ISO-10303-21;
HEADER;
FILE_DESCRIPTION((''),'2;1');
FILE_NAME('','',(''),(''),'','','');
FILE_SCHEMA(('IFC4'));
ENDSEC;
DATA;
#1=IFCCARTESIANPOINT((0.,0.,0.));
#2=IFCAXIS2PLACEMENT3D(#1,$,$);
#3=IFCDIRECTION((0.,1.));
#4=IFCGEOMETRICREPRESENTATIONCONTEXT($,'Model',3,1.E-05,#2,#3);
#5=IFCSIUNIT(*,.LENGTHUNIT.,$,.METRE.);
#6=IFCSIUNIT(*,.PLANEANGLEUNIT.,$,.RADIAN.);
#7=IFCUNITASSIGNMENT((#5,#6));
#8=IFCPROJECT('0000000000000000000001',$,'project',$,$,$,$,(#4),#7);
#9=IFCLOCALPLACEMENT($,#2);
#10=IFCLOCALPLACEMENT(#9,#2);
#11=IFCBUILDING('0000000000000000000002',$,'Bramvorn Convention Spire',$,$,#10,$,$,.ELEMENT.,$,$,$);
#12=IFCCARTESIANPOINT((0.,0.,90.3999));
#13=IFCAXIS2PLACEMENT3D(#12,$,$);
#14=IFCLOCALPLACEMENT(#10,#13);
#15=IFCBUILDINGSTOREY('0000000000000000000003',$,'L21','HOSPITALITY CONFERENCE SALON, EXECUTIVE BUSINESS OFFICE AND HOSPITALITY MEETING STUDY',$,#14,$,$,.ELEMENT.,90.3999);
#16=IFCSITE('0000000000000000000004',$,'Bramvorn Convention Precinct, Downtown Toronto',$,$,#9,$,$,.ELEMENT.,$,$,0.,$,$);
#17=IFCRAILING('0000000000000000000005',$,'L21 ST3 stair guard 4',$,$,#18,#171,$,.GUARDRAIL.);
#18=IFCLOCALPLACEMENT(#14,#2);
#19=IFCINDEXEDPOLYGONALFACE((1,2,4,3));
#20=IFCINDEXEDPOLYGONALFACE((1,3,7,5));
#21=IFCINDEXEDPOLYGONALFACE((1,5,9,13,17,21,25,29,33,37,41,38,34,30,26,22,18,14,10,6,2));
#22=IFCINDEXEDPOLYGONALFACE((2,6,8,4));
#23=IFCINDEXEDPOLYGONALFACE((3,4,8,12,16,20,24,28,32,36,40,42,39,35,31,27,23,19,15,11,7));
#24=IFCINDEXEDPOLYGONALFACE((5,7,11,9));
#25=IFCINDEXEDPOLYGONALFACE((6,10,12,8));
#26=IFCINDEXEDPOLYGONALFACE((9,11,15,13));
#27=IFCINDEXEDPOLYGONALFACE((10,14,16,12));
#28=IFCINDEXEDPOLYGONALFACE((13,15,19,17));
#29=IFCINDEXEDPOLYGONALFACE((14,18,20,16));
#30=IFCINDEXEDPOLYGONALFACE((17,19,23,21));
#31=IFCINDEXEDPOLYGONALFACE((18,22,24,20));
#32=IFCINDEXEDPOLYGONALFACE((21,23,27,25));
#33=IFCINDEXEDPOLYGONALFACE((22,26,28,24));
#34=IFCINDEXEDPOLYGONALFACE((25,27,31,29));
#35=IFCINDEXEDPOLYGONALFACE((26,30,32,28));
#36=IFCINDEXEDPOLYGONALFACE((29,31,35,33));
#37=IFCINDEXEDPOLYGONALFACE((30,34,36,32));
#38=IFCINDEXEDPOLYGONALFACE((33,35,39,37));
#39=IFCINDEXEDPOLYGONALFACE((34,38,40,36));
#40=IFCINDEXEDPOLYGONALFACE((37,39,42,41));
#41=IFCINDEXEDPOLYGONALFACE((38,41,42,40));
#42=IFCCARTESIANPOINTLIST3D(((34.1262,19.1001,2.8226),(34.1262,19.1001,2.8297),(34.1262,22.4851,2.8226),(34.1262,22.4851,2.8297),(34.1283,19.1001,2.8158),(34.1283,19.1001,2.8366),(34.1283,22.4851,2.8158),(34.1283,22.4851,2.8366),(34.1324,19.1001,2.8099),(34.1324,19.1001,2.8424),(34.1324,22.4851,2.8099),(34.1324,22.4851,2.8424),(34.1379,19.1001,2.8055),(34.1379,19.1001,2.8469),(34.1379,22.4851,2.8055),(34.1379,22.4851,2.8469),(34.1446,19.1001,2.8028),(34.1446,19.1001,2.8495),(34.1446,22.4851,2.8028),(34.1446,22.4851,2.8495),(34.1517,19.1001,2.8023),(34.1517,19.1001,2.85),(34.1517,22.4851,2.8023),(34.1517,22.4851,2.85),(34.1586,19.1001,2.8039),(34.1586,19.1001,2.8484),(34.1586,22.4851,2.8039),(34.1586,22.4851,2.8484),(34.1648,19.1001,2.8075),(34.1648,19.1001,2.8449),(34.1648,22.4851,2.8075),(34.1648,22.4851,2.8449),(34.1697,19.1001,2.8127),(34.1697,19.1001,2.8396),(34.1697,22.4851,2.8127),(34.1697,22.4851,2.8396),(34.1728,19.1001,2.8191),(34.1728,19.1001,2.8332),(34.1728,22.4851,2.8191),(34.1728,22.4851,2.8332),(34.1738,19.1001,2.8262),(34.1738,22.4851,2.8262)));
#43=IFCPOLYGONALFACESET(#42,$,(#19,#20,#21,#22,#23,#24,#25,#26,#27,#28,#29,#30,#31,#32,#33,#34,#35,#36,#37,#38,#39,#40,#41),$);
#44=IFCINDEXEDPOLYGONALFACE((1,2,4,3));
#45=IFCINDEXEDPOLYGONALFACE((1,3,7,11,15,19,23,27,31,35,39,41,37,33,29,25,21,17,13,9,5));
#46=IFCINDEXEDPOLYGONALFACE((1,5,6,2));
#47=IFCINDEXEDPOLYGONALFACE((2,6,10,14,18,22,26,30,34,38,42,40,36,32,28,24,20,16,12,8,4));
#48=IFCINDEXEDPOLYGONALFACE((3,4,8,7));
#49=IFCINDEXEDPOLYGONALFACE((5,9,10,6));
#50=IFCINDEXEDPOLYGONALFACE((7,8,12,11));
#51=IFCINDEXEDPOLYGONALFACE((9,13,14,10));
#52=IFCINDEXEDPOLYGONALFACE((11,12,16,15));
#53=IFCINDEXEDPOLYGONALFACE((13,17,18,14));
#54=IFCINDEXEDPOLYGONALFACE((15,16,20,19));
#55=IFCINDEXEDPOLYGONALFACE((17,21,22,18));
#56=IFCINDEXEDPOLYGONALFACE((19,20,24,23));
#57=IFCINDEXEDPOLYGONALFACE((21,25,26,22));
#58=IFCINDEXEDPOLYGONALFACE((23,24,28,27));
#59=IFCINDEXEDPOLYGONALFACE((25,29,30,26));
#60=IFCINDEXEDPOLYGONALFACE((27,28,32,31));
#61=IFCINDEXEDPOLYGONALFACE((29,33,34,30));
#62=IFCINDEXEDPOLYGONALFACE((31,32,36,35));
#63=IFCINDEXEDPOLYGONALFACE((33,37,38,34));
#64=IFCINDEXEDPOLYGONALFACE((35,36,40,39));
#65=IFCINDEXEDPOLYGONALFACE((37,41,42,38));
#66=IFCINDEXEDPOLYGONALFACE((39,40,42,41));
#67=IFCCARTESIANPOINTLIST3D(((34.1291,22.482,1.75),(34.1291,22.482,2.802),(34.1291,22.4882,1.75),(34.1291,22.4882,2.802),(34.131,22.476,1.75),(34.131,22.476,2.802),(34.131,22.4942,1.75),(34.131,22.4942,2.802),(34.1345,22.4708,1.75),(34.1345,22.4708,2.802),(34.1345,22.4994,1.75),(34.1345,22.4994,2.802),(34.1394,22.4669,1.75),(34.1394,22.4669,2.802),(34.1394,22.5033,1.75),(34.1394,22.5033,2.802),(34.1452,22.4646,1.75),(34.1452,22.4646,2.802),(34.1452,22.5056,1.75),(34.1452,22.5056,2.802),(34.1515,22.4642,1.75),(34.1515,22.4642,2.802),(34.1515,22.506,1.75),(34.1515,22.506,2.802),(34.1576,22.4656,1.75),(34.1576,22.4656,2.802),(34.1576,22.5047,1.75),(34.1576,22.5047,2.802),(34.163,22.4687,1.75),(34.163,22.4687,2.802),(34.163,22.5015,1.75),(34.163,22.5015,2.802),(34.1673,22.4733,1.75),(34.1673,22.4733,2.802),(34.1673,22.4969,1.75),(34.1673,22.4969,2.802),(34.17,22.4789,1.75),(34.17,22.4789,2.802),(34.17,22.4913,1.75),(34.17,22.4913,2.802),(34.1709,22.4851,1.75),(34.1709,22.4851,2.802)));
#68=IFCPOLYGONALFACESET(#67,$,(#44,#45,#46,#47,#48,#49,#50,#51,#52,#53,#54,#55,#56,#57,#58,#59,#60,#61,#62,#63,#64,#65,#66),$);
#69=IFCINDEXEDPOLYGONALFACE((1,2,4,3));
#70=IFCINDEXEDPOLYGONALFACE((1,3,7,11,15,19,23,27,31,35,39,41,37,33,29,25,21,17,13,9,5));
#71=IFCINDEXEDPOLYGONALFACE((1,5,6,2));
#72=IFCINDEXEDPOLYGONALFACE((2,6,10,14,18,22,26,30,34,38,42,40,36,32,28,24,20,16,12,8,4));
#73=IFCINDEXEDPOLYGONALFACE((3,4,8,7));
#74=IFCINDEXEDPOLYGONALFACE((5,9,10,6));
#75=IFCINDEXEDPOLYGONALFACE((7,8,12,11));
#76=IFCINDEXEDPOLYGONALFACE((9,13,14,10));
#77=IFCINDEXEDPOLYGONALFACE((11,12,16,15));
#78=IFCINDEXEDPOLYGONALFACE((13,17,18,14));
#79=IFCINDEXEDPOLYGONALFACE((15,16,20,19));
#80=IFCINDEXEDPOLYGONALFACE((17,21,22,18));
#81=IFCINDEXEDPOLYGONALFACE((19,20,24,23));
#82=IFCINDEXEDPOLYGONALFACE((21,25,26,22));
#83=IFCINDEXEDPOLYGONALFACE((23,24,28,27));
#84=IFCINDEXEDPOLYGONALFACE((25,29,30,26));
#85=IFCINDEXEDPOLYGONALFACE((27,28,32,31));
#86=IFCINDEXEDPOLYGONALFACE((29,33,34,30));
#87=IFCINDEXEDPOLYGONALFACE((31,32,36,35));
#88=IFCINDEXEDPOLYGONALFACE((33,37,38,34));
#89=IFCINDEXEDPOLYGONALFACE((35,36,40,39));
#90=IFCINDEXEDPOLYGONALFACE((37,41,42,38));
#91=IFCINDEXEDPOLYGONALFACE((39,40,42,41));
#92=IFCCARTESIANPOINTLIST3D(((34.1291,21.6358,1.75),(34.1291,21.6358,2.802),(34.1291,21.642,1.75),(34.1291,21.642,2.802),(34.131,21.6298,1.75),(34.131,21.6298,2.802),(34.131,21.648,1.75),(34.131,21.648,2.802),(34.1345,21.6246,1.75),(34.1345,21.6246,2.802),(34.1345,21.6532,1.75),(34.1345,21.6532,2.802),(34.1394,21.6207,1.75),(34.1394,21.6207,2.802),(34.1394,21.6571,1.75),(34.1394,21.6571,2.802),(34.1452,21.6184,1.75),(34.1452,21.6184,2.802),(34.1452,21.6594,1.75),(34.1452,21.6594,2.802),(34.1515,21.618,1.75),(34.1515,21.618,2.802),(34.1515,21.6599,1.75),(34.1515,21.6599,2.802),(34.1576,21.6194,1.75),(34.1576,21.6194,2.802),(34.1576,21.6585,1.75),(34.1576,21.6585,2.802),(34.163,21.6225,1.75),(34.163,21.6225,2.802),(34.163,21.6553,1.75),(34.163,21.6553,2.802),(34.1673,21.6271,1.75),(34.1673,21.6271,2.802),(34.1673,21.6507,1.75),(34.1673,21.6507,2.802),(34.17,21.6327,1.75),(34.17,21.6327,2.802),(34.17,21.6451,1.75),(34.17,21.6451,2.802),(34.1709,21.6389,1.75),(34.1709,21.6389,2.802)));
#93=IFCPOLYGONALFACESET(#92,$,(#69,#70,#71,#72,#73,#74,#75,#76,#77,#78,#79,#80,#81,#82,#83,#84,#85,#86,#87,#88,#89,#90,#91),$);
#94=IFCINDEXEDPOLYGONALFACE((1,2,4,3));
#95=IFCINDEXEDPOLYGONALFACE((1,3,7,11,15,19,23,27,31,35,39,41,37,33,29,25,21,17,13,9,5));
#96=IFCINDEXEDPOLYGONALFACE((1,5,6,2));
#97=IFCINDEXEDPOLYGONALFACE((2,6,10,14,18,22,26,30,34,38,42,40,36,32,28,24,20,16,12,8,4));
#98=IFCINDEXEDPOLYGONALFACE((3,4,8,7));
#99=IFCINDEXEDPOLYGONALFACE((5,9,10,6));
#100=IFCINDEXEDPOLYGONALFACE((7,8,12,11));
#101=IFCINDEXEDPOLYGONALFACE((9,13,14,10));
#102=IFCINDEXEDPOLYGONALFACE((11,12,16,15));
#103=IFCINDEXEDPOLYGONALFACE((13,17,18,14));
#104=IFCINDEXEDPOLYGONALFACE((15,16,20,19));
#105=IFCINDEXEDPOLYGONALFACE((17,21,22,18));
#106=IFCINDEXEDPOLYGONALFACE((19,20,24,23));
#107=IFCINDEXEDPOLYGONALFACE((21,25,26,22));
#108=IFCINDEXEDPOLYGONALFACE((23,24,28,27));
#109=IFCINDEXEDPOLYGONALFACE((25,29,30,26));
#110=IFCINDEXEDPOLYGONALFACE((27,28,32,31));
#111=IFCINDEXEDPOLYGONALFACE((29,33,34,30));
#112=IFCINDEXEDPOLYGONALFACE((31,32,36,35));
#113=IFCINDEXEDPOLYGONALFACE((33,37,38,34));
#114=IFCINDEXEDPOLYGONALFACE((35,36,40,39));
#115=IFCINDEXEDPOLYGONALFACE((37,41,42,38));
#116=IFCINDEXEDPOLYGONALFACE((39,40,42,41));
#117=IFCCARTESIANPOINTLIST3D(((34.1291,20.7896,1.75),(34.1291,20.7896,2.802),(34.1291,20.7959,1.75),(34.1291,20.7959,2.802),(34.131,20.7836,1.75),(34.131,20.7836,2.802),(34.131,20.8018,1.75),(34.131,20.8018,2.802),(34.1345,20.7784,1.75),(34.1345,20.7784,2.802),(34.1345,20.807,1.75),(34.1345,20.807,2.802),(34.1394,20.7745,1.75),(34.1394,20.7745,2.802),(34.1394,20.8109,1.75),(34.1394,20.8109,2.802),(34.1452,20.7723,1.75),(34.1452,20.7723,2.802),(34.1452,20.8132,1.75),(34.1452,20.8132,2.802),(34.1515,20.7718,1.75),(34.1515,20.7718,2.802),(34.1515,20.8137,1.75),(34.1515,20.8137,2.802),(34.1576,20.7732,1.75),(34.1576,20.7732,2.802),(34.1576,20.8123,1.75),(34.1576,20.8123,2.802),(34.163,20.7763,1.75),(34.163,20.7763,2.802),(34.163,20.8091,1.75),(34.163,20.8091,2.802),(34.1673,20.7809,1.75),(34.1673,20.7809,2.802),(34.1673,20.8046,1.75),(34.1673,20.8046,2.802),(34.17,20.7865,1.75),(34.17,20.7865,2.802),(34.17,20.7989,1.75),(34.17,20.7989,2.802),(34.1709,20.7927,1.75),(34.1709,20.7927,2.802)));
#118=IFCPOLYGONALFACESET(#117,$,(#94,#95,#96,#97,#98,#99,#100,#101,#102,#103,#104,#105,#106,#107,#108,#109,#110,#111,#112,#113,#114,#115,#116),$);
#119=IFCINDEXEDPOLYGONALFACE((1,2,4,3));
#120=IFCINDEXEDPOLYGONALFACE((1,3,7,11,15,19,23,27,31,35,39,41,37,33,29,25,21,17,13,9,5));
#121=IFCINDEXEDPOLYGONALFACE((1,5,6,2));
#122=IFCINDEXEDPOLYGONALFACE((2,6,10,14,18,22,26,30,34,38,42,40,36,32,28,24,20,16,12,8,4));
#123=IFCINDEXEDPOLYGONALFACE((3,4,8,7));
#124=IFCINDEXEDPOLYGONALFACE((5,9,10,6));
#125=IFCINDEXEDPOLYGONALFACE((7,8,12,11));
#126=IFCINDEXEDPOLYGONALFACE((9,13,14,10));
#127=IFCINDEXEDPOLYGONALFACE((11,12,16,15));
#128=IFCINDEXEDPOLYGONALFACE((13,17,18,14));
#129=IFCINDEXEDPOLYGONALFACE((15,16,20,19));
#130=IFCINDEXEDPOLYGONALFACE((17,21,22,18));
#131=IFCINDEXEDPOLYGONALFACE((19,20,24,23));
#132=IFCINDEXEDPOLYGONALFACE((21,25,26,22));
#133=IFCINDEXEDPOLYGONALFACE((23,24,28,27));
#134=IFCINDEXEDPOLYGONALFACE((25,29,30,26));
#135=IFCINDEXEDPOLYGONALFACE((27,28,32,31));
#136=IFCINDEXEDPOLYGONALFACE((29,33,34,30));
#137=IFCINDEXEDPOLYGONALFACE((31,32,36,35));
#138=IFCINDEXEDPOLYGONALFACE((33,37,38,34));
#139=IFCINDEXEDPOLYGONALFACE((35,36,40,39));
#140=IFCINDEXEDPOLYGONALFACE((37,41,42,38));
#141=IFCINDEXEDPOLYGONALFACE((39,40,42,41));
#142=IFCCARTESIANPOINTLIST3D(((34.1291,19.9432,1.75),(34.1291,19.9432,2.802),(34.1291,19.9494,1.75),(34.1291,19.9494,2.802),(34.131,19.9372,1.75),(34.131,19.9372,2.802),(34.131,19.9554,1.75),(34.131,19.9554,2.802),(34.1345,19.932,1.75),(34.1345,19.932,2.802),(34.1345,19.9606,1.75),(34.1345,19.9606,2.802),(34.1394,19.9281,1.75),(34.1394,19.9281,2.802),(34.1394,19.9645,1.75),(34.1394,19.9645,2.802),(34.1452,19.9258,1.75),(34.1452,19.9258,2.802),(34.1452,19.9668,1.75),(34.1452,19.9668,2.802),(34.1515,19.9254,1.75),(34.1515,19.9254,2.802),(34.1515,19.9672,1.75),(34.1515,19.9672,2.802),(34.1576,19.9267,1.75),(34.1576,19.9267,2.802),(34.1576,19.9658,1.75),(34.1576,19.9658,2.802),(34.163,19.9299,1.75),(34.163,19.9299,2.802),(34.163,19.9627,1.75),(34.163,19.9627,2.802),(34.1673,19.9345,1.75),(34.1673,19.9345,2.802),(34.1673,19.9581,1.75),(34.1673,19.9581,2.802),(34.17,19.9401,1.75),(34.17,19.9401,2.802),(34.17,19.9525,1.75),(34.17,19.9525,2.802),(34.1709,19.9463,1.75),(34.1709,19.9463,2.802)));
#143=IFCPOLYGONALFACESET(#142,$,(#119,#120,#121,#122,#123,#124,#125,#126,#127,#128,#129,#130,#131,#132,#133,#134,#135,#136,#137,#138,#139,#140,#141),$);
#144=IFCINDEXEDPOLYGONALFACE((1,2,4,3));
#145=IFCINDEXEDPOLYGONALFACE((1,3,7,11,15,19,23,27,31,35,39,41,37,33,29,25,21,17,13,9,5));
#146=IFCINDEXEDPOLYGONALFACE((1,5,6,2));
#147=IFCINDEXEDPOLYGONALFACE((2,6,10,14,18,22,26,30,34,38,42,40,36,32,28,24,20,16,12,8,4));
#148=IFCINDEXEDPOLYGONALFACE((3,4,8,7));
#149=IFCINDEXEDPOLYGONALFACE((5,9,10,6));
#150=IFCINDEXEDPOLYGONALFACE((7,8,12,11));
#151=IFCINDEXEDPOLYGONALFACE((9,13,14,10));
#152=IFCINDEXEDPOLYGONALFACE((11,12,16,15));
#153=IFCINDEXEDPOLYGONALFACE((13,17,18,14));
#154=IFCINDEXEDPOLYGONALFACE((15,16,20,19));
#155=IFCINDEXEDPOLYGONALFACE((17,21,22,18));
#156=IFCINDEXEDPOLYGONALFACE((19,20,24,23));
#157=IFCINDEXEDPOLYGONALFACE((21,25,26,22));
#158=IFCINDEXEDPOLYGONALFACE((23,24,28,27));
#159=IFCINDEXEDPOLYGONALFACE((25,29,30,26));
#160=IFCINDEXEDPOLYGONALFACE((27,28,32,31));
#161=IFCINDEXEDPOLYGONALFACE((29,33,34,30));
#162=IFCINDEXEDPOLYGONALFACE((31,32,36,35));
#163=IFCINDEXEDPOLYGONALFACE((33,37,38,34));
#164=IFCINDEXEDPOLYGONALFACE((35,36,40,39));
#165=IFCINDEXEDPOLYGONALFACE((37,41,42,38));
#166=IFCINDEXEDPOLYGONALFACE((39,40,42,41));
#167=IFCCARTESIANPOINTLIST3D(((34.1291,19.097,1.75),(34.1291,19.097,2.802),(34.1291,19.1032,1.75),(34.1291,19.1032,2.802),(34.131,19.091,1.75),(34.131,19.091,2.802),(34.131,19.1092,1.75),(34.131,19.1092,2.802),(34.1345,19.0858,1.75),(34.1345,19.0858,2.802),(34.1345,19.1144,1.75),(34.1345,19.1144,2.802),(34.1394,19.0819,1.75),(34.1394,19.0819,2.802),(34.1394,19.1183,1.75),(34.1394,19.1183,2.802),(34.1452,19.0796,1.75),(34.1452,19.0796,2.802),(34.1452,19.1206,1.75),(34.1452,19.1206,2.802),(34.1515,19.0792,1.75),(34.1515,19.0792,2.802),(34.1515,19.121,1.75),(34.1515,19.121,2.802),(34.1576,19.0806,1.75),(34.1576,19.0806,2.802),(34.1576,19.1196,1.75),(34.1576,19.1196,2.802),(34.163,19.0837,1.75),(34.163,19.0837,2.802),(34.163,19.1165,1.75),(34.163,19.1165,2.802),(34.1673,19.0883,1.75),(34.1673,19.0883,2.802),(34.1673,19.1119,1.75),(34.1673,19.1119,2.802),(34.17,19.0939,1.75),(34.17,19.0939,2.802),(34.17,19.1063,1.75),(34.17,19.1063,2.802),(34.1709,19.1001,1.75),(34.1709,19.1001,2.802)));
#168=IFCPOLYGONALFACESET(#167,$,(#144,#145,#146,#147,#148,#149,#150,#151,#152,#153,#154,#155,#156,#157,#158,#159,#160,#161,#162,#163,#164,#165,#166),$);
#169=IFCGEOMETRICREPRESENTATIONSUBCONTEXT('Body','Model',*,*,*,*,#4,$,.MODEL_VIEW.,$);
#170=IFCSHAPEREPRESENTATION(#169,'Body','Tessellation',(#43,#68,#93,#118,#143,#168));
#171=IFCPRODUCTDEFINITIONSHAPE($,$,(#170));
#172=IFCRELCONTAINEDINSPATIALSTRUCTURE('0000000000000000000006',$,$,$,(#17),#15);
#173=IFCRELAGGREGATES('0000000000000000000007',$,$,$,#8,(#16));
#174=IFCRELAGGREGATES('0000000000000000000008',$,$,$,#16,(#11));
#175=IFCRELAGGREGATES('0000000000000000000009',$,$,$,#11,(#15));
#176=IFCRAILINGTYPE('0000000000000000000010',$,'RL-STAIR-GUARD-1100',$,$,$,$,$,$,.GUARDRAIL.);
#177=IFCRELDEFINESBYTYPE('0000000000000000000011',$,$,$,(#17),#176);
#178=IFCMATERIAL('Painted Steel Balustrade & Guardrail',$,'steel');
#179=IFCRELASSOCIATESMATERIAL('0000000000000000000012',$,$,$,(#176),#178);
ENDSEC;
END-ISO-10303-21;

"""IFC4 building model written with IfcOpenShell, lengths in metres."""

from ifc_helpers import new_model, si_unit, direction, frame, origin, origin_2d, place, context, subcontext, project, spatial, circle, extrude, material, type_object, element, save


model = new_model("IFC4")

# Units and contexts
model_context = context("Model", 3, precision=1e-05, world=origin(), true_north=direction((0.0, 1.0)))
body_context = subcontext(model_context, "Body", "Model", "MODEL_VIEW")
ifc_project = project(units=[si_unit("LENGTHUNIT", "METRE"), si_unit("PLANEANGLEUNIT", "RADIAN")], contexts=[model_context])

# Site, building, storey
site_placement = place(None, origin())
site = spatial("IfcSite", under=ifc_project, at=site_placement, Name="Bramvorn Convention Precinct, Downtown Toronto", CompositionType="ELEMENT", RefElevation=0.0)
building_placement = place(site_placement, origin())
building = spatial("IfcBuilding", under=site, at=building_placement, Name="Bramvorn Convention Spire", CompositionType="ELEMENT")
storey_placement = place(building_placement, frame((0.0, 0.0, 90.3999)))
storey = spatial("IfcBuildingStorey", under=building, at=storey_placement, Name="L21", Description="HOSPITALITY CONFERENCE SALON, EXECUTIVE BUSINESS OFFICE AND HOSPITALITY MEETING STUDY", CompositionType="ELEMENT", Elevation=90.3999)

# Railing
ifc_material_1 = material(Name="Painted Steel Balustrade & Guardrail", Category="steel")
railing_type_1 = type_object("IfcRailingType", Name="RL-STAIR-GUARD-1100", PredefinedType="GUARDRAIL", material=ifc_material_1)
for number, where, name in (
    (1, (34.1499, 22.4851, 1.75), "L21 ST3 stair guard 4"),
):
    element("IfcRailing", number, at=place(storey_placement, frame(where)), inside=storey, type_object=railing_type_1, Name=name, PredefinedType="GUARDRAIL", context=body_context, shape_type="SweptSolid", body=[
        extrude(circle(Radius=0.0239, at=origin_2d()), frame((0.0, 0.0, 1.0762), z_axis=(0.0, -1.0, 0.0), x_axis=(1.0, 0.0, 0.0)), (0.0, 0.0, 1.0), 3.385),
        extrude(circle(Radius=0.021, at=origin_2d()), origin(), (0.0, 0.0, 1.0), 1.052),
        extrude(circle(Radius=0.021, at=origin_2d()), frame((0.0, -0.8462, 0.0)), (0.0, 0.0, 1.0), 1.052),
        extrude(circle(Radius=0.021, at=origin_2d()), frame((0.0, -1.6924, 0.0)), (0.0, 0.0, 1.0), 1.052),
        extrude(circle(Radius=0.021, at=origin_2d()), frame((0.0, -2.5388, 0.0)), (0.0, 0.0, 1.0), 1.052),
        extrude(circle(Radius=0.021, at=origin_2d()), frame((0.0, -3.385, 0.0)), (0.0, 0.0, 1.0), 1.052),
    ])

save(model, "model.ifc")
